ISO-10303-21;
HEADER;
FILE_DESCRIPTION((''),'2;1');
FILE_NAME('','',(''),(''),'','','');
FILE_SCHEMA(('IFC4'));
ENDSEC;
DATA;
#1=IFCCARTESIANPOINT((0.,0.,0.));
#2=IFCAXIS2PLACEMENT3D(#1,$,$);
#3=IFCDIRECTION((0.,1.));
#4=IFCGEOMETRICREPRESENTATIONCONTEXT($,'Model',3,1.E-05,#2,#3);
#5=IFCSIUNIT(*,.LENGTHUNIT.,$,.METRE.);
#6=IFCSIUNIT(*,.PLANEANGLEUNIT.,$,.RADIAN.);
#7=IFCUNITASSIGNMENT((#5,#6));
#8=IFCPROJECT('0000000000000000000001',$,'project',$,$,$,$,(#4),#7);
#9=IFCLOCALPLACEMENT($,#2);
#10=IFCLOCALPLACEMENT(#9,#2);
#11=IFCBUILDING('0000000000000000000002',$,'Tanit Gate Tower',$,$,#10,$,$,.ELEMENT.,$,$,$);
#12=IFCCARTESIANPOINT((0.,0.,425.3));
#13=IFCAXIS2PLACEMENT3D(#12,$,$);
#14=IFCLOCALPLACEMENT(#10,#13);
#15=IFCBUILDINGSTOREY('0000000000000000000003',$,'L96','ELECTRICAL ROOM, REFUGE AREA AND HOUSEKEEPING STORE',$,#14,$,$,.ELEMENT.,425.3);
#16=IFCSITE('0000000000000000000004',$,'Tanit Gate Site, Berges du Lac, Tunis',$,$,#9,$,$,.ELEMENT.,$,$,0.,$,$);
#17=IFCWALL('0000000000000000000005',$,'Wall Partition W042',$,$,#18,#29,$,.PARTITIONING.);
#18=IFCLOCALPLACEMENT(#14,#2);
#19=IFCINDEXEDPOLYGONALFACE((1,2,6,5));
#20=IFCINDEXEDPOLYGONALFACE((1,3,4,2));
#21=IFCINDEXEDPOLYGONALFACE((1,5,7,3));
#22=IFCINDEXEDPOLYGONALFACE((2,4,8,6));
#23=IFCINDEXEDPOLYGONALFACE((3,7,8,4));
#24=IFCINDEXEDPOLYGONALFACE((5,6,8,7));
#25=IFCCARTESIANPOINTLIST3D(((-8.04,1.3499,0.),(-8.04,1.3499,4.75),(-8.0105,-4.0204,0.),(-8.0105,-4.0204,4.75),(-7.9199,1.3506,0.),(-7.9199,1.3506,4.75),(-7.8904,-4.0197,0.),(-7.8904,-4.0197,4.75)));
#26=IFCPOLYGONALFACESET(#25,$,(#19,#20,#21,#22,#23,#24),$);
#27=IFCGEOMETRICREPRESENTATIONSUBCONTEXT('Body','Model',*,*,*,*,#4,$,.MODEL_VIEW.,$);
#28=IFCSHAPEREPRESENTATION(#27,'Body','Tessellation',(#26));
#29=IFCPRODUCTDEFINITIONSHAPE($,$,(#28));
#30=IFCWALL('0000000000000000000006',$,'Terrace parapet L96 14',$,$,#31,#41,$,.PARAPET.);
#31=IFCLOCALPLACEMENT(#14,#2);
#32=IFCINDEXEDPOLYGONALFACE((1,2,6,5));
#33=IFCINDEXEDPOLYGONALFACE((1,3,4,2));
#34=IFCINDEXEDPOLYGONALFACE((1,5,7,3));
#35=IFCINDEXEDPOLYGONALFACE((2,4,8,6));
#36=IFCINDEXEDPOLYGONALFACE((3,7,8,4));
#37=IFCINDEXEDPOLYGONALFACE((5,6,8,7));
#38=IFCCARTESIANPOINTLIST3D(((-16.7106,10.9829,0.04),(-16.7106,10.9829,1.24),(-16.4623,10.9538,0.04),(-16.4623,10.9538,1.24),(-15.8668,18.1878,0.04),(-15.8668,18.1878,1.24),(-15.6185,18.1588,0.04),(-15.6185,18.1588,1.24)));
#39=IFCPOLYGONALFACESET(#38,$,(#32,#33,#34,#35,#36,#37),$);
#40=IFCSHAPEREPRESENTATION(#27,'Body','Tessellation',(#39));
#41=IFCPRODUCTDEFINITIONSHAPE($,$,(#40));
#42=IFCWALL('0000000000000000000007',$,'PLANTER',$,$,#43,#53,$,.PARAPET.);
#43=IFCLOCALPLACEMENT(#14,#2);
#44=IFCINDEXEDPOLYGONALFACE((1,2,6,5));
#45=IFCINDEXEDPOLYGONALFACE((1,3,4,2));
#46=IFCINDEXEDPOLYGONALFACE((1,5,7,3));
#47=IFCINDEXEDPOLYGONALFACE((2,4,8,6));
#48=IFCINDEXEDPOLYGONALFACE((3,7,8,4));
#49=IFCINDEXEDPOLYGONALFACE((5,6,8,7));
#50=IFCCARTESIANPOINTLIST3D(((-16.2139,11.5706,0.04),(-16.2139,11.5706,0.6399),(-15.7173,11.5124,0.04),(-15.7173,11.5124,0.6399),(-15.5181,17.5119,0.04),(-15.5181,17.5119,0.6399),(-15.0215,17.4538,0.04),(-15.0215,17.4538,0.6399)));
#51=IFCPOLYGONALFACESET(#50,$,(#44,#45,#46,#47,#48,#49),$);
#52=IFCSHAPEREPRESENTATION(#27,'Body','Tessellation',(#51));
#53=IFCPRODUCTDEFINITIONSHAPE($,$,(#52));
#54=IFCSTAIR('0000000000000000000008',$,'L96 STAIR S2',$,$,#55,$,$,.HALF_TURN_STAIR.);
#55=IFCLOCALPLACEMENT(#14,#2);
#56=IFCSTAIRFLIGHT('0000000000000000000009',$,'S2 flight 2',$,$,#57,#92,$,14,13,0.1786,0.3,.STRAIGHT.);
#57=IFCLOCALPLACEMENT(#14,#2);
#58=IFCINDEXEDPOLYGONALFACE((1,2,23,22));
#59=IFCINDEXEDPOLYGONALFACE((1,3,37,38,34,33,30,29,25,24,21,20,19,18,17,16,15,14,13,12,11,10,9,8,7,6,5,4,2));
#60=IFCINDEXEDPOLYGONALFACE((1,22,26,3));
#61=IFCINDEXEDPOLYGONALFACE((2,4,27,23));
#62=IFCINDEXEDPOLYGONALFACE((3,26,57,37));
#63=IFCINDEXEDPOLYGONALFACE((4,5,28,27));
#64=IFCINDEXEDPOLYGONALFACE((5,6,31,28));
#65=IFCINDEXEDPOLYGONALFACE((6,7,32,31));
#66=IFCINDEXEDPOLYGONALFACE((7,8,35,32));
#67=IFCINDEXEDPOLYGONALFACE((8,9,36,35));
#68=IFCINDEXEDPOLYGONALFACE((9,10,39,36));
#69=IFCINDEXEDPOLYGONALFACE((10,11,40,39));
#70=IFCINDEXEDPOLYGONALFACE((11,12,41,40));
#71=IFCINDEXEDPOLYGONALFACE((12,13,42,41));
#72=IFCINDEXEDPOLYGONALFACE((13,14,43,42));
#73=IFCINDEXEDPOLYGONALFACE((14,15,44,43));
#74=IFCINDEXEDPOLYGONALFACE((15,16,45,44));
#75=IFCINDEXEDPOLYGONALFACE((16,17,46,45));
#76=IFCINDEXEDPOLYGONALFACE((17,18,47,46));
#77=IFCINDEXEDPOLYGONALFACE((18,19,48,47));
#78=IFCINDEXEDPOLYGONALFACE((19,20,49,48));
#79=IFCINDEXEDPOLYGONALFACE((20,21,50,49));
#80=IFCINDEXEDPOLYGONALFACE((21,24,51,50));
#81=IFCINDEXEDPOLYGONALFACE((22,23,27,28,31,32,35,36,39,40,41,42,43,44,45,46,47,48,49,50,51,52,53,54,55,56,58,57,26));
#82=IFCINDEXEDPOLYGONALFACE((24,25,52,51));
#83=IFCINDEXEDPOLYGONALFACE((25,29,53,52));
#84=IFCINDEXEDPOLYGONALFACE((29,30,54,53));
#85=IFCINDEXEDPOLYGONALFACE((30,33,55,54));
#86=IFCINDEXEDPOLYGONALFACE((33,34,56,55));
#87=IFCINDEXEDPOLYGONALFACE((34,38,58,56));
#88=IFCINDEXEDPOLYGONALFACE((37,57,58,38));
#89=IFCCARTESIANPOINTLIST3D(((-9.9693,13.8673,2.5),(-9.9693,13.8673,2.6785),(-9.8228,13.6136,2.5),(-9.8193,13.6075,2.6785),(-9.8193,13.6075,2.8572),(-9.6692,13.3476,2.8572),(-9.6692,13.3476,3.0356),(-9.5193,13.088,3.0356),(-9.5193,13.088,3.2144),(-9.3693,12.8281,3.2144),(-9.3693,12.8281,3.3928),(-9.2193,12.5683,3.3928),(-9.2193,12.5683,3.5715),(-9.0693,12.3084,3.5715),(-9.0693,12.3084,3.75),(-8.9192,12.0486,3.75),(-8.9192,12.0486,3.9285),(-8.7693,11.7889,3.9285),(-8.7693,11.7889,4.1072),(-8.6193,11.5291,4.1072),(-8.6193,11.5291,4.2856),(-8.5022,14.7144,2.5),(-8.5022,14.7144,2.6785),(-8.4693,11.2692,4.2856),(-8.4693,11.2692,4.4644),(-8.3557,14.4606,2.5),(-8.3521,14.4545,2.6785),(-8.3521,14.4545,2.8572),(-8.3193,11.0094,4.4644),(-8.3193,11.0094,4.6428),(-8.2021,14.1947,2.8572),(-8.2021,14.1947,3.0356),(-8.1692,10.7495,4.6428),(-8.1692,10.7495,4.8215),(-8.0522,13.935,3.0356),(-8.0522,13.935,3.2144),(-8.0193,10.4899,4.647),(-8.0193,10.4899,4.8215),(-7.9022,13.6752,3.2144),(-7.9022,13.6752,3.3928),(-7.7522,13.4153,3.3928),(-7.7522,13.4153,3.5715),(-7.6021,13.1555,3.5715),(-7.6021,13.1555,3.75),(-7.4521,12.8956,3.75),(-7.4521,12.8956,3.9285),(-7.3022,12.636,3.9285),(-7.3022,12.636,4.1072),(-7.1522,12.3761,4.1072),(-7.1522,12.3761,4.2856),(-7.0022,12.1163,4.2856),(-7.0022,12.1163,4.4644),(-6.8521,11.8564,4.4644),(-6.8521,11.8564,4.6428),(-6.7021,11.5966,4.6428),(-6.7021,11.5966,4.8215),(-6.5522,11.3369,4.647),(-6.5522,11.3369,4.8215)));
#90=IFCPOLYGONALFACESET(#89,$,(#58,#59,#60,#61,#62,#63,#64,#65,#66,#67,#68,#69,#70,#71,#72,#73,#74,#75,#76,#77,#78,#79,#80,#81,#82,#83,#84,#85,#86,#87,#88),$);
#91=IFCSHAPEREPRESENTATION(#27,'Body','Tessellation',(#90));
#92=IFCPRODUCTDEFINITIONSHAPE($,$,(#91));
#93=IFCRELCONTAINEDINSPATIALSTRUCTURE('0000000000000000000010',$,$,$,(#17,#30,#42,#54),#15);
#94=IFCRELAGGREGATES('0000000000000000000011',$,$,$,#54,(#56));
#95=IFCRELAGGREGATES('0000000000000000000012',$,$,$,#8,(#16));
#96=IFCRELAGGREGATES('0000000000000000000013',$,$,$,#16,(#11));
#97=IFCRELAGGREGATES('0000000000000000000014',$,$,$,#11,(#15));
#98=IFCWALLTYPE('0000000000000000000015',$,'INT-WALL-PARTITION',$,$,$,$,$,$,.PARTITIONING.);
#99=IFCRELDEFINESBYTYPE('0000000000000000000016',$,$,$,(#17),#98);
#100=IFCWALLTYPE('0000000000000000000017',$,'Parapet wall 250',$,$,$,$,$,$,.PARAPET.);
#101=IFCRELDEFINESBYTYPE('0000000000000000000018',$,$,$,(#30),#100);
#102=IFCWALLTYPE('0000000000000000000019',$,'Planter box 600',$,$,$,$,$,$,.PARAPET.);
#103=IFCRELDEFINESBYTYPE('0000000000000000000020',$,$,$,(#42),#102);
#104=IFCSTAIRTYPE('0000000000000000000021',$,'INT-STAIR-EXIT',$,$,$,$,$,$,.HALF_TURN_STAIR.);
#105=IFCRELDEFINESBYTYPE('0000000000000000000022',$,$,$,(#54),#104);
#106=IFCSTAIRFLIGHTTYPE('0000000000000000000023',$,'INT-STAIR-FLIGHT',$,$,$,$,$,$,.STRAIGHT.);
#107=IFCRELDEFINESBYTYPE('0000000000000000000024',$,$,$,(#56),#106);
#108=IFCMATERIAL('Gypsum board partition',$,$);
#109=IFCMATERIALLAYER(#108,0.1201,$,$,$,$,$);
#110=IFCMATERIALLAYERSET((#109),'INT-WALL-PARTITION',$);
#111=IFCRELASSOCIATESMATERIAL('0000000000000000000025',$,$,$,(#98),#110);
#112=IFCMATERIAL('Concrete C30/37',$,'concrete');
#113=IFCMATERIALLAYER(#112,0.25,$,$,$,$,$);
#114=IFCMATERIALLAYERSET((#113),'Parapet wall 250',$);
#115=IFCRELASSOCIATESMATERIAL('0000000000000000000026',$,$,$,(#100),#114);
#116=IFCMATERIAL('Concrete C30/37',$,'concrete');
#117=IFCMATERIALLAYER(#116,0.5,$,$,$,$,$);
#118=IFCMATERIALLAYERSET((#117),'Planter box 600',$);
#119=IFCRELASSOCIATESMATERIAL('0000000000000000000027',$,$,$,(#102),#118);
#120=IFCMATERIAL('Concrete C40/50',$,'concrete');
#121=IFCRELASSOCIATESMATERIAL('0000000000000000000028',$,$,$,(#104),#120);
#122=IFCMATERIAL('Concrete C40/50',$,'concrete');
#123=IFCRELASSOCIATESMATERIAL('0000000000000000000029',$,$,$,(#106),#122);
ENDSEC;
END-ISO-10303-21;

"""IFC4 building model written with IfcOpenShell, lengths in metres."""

from ifc_helpers import new_model, si_unit, direction, frame, frame_2d, origin, place, context, subcontext, project, spatial, polyline, rectangle, outline, extrude, material, layer, layer_set, type_object, element, aggregate, save


model = new_model("IFC4")

# Units and contexts
model_context = context("Model", 3, precision=1e-05, world=origin(), true_north=direction((0.0, 1.0)))
body_context = subcontext(model_context, "Body", "Model", "MODEL_VIEW")
ifc_project = project(units=[si_unit("LENGTHUNIT", "METRE"), si_unit("PLANEANGLEUNIT", "RADIAN")], contexts=[model_context])

# Site, building, storey
site_placement = place(None, origin())
site = spatial("IfcSite", under=ifc_project, at=site_placement, Name="Tanit Gate Site, Berges du Lac, Tunis", CompositionType="ELEMENT", RefElevation=0.0)
building_placement = place(site_placement, origin())
building = spatial("IfcBuilding", under=site, at=building_placement, Name="Tanit Gate Tower", CompositionType="ELEMENT")
storey_placement = place(building_placement, frame((0.0, 0.0, 425.3)))
storey = spatial("IfcBuildingStorey", under=building, at=storey_placement, Name="L96", Description="ELECTRICAL ROOM, REFUGE AREA AND HOUSEKEEPING STORE", CompositionType="ELEMENT", Elevation=425.3)

# Shared definitions
ifc_material_1 = material(Name="Gypsum board partition")
ifc_layer_1 = layer(ifc_material_1, 0.1201)
ifc_layer_set_1 = layer_set([ifc_layer_1], Name="INT-WALL-PARTITION")
wall_type_1 = type_object("IfcWallType", Name="INT-WALL-PARTITION", PredefinedType="PARTITIONING", material=ifc_layer_set_1)

# Walls
wall_1_placement = place(storey_placement, frame((-7.98, 1.3501, 0.0), z_axis=(0.0, 0.0, 1.0), x_axis=(0.005501, -0.999985, 0.0)))
element("IfcWall", 1, at=wall_1_placement, inside=storey, type_object=wall_type_1, Name="Wall Partition W042", PredefinedType="PARTITIONING", context=body_context, shape_type="SweptSolid", body=[
    extrude(rectangle(XDim=5.3704, YDim=0.1201, at=frame_2d((2.6851, 0.0))), origin(), (0.0, 0.0, 1.0), 4.75),
])
ifc_material_2 = material(Name="Concrete C30/37", Category="concrete")
ifc_layer_2 = layer(ifc_material_2, 0.25)
ifc_layer_set_2 = layer_set([ifc_layer_2], Name="Parapet wall 250")
wall_type_2 = type_object("IfcWallType", Name="Parapet wall 250", PredefinedType="PARAPET", material=ifc_layer_set_2)
wall_2_placement = place(storey_placement, frame((-16.5864, 10.9685, 0.04), z_axis=(0.0, 0.0, 1.0), x_axis=(0.116314, 0.993212, 0.0)))
element("IfcWall", 2, at=wall_2_placement, inside=storey, type_object=wall_type_2, Name="Terrace parapet L96 14", PredefinedType="PARAPET", context=body_context, shape_type="SweptSolid", body=[
    extrude(rectangle(XDim=7.2542, YDim=0.25, at=frame_2d((3.627, 0.0))), origin(), (0.0, 0.0, 1.0), 1.2),
])
ifc_material_3 = material(Name="Concrete C30/37", Category="concrete")
ifc_layer_3 = layer(ifc_material_3, 0.5)
ifc_layer_set_3 = layer_set([ifc_layer_3], Name="Planter box 600")
wall_type_3 = type_object("IfcWallType", Name="Planter box 600", PredefinedType="PARAPET", material=ifc_layer_set_3)
wall_3_placement = place(storey_placement, frame((-15.9656, 11.5415, 0.04), z_axis=(0.0, 0.0, 1.0), x_axis=(0.116316, 0.993212, 0.0)))
element("IfcWall", 3, at=wall_3_placement, inside=storey, type_object=wall_type_3, Name="PLANTER", PredefinedType="PARAPET", context=body_context, shape_type="SweptSolid", body=[
    extrude(rectangle(XDim=5.9819, YDim=0.5, at=frame_2d((2.991, 0.0))), origin(), (0.0, 0.0, 1.0), 0.5999),
])

# Stair, stair flight
ifc_material_4 = material(Name="Concrete C40/50", Category="concrete")
stair_type = type_object("IfcStairType", Name="INT-STAIR-EXIT", PredefinedType="HALF_TURN_STAIR", material=ifc_material_4)
stair_placement = place(storey_placement, origin())
stair = element("IfcStair", 4, at=stair_placement, inside=storey, type_object=stair_type, Name="L96 STAIR S2", PredefinedType="HALF_TURN_STAIR")
ifc_material_5 = material(Name="Concrete C40/50", Category="concrete")
stair_flight_type = type_object("IfcStairFlightType", Name="INT-STAIR-FLIGHT", PredefinedType="STRAIGHT", material=ifc_material_5)
stair_flight_placement = place(storey_placement, frame((-9.2358, 14.2908, 2.5), z_axis=(0.0, 0.0, 1.0), x_axis=(0.5, -0.866025, 0.0)))
stair_flight = element("IfcStairFlight", 5, at=stair_flight_placement, type_object=stair_flight_type, Name="S2 flight 2", NumberOfRisers=14, NumberOfTreads=13, PredefinedType="STRAIGHT", RiserHeight=0.1786, TreadLength=0.3, context=body_context, shape_type="SweptSolid", body=[
    extrude(outline(polyline([(0.0, 0.0), (0.0, 0.1785), (0.3, 0.1785), (0.3, 0.3572), (0.6001, 0.3572), (0.6001, 0.5356), (0.8999, 0.5356), (0.8999, 0.7144), (1.2, 0.7144), (1.2, 0.8928), (1.5, 0.8928), (1.5, 1.0715), (1.8, 1.0715), (1.8, 1.25), (2.1001, 1.25), (2.1001, 1.4285), (2.3999, 1.4285), (2.3999, 1.6072), (2.7, 1.6072), (2.7, 1.7856), (3.0, 1.7856), (3.0, 1.9644), (3.3, 1.9644), (3.3, 2.1428), (3.6001, 2.1428), (3.6001, 2.3215), (3.8999, 2.3215), (3.8999, 2.5), (3.8999, 2.147), (0.293, 0.0), (0.0, 0.0)])), frame((0.0, 0.8472, 0.0), z_axis=(0.0, -1.0, 0.0), x_axis=(1.0, 0.0, 0.0)), (0.0, 0.0, 1.0), 1.6941),
])
aggregate(stair, [stair_flight])

save(model, "model.ifc")
